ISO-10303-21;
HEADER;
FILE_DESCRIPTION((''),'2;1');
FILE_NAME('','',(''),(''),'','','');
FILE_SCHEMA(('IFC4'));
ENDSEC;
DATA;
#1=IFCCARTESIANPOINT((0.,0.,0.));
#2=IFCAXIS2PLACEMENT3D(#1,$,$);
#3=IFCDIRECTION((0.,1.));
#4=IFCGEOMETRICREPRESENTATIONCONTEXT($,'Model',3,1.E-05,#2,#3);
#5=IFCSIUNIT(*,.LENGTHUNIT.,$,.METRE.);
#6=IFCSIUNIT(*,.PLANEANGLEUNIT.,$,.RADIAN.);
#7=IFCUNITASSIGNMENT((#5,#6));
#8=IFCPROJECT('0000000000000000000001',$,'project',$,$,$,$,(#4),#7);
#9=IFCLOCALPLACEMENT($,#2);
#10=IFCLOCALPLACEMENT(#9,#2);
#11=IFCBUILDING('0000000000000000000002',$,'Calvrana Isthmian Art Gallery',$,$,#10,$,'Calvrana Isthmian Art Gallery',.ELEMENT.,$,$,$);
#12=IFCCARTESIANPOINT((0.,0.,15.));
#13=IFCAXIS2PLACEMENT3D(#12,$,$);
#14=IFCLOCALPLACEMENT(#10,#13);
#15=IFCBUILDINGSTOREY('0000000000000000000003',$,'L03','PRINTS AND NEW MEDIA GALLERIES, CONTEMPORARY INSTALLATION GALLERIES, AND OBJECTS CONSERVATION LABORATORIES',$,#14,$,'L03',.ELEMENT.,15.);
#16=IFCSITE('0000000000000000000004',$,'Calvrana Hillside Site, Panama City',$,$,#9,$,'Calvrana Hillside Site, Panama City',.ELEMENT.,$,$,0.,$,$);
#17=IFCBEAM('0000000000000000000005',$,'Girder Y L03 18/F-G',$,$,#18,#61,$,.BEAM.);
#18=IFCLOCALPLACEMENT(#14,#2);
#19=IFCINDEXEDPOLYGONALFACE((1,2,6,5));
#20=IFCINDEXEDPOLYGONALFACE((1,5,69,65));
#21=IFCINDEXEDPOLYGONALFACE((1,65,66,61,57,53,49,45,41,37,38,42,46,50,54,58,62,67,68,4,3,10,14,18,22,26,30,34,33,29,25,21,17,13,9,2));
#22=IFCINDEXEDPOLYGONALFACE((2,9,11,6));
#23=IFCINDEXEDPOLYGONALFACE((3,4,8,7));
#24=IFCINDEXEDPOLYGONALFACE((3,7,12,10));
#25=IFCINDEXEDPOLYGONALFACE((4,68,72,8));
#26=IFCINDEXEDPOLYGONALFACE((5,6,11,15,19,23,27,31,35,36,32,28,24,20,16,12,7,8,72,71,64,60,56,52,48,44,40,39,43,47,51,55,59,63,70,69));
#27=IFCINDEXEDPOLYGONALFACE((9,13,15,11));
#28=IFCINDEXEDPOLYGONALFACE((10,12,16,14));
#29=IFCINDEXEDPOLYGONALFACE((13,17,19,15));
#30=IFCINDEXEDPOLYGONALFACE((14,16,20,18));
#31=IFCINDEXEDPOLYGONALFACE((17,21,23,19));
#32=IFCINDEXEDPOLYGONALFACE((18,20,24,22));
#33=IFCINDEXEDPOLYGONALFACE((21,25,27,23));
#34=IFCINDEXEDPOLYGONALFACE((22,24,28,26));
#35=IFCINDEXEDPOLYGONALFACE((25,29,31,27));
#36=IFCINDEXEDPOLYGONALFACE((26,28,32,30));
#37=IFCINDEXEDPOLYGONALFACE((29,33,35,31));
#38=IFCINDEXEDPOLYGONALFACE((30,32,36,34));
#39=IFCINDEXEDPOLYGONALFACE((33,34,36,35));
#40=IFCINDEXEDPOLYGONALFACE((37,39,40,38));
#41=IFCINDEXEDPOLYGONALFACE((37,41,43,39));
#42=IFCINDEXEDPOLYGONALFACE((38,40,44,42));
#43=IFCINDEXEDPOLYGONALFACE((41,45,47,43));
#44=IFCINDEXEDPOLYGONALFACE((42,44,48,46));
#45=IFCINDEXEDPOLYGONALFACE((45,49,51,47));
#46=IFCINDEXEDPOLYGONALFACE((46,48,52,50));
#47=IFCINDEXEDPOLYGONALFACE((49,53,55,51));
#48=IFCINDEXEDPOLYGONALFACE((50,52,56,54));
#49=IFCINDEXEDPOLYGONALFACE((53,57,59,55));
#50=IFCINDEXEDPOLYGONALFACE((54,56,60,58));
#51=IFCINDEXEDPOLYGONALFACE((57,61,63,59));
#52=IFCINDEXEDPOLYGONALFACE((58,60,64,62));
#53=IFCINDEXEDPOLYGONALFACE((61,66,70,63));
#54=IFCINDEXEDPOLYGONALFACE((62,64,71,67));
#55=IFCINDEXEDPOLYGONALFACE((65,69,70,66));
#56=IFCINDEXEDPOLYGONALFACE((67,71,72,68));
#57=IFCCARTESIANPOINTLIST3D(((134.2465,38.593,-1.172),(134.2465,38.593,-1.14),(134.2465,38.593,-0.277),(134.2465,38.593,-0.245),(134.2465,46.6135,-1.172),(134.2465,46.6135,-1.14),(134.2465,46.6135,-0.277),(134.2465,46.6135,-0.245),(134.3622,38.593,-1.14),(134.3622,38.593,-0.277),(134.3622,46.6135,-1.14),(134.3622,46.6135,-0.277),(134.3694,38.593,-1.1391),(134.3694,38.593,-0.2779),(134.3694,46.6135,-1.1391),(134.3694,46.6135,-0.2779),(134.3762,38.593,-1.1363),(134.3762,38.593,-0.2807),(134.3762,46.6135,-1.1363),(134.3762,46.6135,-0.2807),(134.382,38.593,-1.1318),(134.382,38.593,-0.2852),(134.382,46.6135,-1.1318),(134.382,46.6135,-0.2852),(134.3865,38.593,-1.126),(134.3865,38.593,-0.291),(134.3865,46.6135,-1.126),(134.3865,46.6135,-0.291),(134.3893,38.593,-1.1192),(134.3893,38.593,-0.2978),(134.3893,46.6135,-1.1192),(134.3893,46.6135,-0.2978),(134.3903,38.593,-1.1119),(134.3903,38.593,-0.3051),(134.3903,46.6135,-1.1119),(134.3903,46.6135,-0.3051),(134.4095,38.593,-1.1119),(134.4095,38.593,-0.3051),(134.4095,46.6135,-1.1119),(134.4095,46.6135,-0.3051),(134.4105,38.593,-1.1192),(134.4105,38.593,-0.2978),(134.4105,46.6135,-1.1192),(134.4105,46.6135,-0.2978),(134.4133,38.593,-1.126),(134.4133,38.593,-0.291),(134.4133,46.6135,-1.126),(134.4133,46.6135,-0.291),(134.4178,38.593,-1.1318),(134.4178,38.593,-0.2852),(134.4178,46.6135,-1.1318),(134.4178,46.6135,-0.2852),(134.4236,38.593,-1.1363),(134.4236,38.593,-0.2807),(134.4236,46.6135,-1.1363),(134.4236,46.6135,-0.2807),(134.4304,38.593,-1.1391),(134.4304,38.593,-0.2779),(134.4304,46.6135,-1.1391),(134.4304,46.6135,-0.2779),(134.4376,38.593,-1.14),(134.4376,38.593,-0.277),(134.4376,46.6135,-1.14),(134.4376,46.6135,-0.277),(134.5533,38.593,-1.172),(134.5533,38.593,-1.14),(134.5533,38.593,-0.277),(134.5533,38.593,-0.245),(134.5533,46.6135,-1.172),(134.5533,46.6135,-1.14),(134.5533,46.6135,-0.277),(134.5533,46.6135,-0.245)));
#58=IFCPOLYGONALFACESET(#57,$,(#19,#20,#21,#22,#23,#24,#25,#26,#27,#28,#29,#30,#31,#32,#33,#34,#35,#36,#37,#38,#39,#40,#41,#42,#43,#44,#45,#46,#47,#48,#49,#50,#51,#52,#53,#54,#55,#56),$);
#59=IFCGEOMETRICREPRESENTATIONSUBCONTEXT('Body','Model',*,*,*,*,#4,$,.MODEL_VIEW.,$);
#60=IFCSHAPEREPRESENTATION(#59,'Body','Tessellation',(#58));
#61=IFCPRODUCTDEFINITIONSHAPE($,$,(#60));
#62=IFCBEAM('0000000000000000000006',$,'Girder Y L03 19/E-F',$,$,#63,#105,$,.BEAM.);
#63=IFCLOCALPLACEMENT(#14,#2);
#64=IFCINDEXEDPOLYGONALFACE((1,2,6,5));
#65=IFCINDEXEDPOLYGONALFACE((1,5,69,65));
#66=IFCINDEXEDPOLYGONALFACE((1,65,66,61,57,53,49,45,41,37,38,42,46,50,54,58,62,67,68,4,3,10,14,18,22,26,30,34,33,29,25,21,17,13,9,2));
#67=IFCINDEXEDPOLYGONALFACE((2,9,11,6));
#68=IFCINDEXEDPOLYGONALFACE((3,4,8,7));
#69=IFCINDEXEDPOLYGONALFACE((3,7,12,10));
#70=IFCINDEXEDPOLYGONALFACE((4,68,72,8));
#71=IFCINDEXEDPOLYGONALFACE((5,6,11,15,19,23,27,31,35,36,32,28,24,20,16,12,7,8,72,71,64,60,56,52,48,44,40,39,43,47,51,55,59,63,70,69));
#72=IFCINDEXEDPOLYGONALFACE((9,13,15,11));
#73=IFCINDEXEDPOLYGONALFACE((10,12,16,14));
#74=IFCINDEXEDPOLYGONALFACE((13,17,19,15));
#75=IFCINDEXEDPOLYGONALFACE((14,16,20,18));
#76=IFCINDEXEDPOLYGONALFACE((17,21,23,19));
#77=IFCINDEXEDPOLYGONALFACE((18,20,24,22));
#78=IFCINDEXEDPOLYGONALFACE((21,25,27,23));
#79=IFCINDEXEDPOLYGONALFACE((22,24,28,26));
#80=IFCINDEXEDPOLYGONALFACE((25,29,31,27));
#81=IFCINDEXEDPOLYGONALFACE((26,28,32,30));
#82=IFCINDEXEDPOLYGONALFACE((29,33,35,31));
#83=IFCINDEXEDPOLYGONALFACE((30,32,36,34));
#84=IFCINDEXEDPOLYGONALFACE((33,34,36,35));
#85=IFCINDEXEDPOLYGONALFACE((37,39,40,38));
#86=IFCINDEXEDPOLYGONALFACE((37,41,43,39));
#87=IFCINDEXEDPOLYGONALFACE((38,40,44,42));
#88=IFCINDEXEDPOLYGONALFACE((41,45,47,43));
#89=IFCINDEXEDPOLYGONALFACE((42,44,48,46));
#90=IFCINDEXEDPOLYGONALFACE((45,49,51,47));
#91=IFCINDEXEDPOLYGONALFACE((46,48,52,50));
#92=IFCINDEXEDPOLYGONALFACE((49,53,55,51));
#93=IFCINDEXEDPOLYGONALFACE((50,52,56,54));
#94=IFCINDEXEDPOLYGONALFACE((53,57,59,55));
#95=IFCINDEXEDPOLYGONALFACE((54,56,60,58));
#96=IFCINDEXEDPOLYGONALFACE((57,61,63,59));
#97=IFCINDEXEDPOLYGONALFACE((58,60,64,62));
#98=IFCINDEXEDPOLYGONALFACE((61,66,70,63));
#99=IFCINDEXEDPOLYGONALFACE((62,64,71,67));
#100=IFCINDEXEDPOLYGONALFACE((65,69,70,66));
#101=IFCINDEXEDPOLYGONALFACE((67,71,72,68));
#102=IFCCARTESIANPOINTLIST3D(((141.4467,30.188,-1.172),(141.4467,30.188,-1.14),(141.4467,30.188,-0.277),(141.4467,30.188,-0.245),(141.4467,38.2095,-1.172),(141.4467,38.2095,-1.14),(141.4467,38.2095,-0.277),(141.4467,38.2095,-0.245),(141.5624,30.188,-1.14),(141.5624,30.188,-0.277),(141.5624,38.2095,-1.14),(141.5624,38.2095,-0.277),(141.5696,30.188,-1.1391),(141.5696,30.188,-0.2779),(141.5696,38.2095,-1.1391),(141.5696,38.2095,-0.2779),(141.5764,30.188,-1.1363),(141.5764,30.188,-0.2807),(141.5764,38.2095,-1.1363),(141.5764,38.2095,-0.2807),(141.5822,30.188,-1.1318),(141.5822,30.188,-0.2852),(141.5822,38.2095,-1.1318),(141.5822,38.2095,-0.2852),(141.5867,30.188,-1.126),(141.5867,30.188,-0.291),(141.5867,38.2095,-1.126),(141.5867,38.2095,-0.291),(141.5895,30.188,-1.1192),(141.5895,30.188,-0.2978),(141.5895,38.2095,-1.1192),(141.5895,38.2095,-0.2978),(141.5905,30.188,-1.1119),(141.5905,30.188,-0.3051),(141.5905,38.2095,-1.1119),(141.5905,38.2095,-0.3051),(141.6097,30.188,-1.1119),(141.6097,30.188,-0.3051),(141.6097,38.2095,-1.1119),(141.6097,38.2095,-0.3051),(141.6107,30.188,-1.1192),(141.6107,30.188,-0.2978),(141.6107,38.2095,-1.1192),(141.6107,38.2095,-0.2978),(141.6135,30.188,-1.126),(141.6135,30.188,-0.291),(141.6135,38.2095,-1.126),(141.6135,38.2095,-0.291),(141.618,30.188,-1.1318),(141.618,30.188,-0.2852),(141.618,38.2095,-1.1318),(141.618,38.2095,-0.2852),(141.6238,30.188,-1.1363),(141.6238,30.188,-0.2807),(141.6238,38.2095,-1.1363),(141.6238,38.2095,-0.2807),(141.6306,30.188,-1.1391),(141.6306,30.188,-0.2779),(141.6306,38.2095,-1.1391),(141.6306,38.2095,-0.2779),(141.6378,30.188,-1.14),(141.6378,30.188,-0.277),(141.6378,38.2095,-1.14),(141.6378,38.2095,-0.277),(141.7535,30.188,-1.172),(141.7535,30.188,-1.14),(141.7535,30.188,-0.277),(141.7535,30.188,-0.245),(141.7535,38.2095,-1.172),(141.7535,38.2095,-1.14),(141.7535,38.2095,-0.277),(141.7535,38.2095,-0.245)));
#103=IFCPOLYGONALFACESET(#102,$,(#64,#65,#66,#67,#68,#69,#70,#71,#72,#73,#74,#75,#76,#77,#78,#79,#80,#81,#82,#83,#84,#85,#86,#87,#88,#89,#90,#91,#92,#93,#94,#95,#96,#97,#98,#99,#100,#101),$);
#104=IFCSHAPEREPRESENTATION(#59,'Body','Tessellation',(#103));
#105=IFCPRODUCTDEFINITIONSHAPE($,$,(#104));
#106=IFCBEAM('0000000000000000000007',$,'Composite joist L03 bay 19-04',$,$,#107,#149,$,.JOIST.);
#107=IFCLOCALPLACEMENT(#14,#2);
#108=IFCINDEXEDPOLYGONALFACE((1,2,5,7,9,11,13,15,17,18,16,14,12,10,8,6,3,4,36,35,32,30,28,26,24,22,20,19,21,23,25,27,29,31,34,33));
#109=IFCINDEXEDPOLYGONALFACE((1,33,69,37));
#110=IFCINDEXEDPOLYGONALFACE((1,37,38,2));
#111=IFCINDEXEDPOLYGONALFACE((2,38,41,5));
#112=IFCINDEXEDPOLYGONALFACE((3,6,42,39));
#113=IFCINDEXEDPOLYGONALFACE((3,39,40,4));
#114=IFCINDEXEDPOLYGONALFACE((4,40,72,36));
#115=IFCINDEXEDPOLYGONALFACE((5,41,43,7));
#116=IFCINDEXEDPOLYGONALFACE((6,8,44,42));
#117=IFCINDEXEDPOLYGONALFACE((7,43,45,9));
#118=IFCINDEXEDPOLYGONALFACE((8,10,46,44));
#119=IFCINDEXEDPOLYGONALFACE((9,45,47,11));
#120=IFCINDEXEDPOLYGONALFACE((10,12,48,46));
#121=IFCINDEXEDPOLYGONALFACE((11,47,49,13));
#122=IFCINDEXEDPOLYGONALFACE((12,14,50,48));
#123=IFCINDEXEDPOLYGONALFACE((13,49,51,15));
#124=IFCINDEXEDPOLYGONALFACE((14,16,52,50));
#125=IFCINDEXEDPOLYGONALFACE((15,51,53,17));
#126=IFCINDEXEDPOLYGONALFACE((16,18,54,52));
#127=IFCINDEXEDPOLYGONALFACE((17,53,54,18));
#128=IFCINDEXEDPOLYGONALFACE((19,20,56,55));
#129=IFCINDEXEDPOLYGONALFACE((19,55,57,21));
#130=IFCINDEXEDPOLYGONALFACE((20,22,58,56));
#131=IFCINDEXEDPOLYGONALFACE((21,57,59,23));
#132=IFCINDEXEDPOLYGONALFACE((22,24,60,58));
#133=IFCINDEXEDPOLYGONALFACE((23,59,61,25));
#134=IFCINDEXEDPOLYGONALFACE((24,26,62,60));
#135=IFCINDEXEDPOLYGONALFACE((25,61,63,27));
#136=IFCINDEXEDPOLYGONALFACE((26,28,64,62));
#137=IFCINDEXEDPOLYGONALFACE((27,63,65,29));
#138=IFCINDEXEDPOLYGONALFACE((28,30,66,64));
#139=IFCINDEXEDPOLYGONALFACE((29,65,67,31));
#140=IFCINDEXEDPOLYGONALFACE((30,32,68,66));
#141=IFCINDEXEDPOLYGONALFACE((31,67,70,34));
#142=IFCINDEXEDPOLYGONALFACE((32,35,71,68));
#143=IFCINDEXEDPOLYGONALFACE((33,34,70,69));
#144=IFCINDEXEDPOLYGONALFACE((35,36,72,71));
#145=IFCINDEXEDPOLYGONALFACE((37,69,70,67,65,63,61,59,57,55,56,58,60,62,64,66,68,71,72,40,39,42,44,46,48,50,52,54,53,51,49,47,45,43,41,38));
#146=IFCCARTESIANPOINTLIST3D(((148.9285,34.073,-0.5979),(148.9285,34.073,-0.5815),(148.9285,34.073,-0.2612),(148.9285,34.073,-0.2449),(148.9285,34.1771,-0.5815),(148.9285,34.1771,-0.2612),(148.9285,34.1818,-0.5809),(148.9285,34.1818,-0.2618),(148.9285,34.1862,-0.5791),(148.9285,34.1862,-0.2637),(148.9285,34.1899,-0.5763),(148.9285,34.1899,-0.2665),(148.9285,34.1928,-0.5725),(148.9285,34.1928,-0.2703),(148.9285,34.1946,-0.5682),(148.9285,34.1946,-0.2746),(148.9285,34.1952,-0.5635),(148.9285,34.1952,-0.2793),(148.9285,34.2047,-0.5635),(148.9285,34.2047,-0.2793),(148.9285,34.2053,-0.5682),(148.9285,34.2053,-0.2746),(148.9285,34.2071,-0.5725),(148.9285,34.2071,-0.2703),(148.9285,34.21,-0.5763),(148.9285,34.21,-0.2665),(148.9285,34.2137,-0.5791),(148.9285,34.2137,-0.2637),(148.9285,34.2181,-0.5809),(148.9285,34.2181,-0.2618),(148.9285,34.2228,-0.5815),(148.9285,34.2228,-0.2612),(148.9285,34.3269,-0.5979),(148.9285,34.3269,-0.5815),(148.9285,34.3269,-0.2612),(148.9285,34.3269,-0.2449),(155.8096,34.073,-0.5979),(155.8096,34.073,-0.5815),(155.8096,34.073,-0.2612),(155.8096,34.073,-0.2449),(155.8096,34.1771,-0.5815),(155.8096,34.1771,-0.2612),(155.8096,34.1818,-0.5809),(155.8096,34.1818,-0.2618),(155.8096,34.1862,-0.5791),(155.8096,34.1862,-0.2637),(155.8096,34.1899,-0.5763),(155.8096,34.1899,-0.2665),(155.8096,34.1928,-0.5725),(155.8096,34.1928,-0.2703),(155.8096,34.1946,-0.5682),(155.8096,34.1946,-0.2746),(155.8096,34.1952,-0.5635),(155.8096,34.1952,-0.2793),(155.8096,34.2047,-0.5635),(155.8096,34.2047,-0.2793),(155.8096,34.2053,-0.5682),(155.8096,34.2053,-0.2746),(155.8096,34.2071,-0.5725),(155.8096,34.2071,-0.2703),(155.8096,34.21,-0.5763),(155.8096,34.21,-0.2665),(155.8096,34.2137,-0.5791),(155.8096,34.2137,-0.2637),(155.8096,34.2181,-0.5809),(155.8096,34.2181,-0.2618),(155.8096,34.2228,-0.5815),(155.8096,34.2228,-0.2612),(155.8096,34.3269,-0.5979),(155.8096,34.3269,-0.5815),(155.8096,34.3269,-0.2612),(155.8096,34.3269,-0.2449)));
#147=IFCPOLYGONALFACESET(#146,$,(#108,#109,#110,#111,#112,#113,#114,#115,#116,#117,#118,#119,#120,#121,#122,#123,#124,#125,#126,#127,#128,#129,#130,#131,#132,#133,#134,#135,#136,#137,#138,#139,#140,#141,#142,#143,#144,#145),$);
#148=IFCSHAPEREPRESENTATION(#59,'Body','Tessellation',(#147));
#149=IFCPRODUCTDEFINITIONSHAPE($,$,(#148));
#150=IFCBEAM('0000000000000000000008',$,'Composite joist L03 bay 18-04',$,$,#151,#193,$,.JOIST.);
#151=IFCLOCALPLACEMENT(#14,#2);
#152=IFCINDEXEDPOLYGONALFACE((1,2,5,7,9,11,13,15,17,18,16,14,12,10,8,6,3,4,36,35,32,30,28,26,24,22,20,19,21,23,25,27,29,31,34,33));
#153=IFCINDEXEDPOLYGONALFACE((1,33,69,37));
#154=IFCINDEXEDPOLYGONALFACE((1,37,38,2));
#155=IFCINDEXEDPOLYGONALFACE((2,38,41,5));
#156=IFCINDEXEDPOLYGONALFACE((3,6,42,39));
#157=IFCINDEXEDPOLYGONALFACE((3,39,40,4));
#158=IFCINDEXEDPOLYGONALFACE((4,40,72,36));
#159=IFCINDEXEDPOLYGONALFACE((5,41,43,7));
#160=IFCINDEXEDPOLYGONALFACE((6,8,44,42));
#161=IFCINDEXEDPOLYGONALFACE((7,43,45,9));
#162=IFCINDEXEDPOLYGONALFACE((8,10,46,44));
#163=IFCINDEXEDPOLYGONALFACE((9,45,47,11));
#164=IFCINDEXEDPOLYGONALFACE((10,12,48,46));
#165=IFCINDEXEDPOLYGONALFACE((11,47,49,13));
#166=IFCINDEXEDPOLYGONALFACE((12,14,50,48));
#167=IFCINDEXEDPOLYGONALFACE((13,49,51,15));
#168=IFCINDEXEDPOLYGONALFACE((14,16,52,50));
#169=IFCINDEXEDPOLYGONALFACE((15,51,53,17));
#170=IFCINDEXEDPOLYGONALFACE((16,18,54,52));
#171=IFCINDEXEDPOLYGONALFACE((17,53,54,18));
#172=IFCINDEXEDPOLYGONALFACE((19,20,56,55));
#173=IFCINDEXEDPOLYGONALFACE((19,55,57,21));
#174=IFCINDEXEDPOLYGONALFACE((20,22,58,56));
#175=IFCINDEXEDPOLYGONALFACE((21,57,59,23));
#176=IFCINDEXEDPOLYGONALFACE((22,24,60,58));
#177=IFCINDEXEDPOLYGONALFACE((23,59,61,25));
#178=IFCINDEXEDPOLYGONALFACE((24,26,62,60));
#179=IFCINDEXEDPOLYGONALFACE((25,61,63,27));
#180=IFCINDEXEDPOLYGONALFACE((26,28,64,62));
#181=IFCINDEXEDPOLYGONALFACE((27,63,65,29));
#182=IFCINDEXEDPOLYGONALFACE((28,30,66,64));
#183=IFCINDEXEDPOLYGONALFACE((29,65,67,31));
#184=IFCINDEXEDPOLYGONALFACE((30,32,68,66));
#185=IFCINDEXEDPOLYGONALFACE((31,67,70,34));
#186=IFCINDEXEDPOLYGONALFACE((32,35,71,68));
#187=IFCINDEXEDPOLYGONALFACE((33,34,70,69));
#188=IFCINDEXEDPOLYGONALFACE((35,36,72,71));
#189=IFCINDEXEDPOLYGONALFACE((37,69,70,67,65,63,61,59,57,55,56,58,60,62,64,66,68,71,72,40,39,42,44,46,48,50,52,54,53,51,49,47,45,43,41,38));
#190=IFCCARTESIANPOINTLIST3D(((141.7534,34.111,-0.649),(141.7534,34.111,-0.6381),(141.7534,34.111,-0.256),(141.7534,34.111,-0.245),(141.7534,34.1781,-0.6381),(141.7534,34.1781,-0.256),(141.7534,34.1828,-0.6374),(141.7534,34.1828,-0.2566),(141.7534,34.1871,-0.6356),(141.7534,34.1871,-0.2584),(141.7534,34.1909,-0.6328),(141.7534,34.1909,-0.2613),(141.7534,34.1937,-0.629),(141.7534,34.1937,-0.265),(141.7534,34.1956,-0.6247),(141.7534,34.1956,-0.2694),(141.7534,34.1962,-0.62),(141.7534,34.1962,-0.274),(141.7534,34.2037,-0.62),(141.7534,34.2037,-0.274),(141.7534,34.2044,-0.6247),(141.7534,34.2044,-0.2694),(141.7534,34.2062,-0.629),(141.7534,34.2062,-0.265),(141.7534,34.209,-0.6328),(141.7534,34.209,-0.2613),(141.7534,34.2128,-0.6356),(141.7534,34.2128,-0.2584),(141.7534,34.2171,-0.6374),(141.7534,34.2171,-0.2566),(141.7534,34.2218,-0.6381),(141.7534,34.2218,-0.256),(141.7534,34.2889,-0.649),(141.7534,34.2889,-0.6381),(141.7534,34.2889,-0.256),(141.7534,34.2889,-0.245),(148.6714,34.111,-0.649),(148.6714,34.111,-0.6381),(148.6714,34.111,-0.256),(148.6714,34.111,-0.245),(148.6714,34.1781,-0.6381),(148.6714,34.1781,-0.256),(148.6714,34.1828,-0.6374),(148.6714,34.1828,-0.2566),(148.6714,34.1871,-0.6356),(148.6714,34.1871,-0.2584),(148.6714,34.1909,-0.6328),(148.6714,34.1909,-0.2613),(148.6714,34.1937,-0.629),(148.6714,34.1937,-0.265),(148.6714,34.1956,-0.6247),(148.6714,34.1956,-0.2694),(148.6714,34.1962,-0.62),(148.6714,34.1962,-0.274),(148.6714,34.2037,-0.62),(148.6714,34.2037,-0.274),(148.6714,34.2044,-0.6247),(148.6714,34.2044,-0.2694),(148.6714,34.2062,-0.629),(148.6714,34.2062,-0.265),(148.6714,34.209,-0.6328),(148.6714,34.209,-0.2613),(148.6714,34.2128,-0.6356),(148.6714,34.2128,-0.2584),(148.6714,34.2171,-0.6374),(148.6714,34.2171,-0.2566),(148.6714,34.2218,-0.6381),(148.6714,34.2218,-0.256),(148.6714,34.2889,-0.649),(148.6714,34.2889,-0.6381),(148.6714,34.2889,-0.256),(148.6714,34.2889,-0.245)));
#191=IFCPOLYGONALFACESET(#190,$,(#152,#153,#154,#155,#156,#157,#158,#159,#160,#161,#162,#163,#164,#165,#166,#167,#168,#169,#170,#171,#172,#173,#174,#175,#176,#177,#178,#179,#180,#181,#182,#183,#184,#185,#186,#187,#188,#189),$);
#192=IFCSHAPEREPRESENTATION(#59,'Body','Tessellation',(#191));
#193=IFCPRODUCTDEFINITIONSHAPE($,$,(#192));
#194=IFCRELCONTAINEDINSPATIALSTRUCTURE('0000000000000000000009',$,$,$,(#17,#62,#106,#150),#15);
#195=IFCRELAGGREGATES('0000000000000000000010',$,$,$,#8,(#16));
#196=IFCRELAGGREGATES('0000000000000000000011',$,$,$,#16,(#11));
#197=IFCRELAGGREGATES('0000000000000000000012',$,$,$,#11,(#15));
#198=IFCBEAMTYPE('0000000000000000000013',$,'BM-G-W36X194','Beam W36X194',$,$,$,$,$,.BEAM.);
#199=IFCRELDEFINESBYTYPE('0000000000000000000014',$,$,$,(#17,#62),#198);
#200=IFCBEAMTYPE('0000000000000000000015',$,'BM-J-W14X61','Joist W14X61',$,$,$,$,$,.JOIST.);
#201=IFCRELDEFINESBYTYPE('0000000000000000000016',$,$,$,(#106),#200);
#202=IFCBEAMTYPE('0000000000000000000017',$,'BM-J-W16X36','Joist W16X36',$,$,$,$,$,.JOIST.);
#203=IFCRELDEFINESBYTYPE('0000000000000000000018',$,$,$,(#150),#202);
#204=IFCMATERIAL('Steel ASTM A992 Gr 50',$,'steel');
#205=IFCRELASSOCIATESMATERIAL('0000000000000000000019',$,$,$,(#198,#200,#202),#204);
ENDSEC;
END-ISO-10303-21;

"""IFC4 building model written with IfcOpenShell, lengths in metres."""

from ifc_helpers import new_model, si_unit, direction, frame, origin, origin_2d, place, context, subcontext, project, spatial, i_section, extrude, material, material_profile, profile_set, type_object, element, save


model = new_model("IFC4")

# Units and contexts
model_context = context("Model", 3, precision=1e-05, world=origin(), true_north=direction((0.0, 1.0)))
body_context = subcontext(model_context, "Body", "Model", "MODEL_VIEW")
ifc_project = project(units=[si_unit("LENGTHUNIT", "METRE"), si_unit("PLANEANGLEUNIT", "RADIAN")], contexts=[model_context])

# Site, building, storey
site_placement = place(None, origin())
site = spatial("IfcSite", under=ifc_project, at=site_placement, Name="Calvrana Hillside Site, Panama City", LongName="Calvrana Hillside Site, Panama City", CompositionType="ELEMENT", RefElevation=0.0)
building_placement = place(site_placement, origin())
building = spatial("IfcBuilding", under=site, at=building_placement, Name="Calvrana Isthmian Art Gallery", LongName="Calvrana Isthmian Art Gallery", CompositionType="ELEMENT")
storey_placement = place(building_placement, frame((0.0, 0.0, 15.0)))
storey = spatial("IfcBuildingStorey", under=building, at=storey_placement, Name="L03", Description="PRINTS AND NEW MEDIA GALLERIES, CONTEMPORARY INSTALLATION GALLERIES, AND OBJECTS CONSERVATION LABORATORIES", LongName="L03", CompositionType="ELEMENT", Elevation=15.0)

# Shared definitions
ifc_material_1 = material(Name="Steel ASTM A992 Gr 50", Category="steel")

# Beams
ifc_material_profile_1 = material_profile(ifc_material_1, i_section(OverallWidth=0.3069, OverallDepth=0.927, WebThickness=0.0193, FlangeThickness=0.032, FilletRadius=0.0281, at=origin_2d()), Name="W36X194")
ifc_profile_set_1 = profile_set([ifc_material_profile_1], Name="Steel ASTM A992 Gr 50")
beam_type_1 = type_object("IfcBeamType", Name="BM-G-W36X194", Description="Beam W36X194", PredefinedType="BEAM", material=ifc_profile_set_1)
beam_1_placement = place(storey_placement, frame((134.3999, 38.593, -0.7085), z_axis=(0.0, 1.0, 0.0), x_axis=(-1.0, 0.0, 0.0)))
element("IfcBeam", 1, at=beam_1_placement, inside=storey, type_object=beam_type_1, Name="Girder Y L03 18/F-G", PredefinedType="BEAM", context=body_context, shape_type="SweptSolid", body=[
    extrude(i_section(OverallWidth=0.3069, OverallDepth=0.927, WebThickness=0.0193, FlangeThickness=0.032, FilletRadius=0.0281, at=origin_2d()), origin(), (0.0, 0.0, 1.0), 8.0205),
])
beam_2_placement = place(storey_placement, frame((141.6001, 30.188, -0.7085), z_axis=(0.0, 1.0, 0.0), x_axis=(-1.0, 0.0, 0.0)))
element("IfcBeam", 2, at=beam_2_placement, inside=storey, type_object=beam_type_1, Name="Girder Y L03 19/E-F", PredefinedType="BEAM", context=body_context, shape_type="SweptSolid", body=[
    extrude(i_section(OverallWidth=0.3069, OverallDepth=0.927, WebThickness=0.0193, FlangeThickness=0.032, FilletRadius=0.0281, at=origin_2d()), origin(), (0.0, 0.0, 1.0), 8.0215),
])
ifc_material_profile_2 = material_profile(ifc_material_1, i_section(OverallWidth=0.2539, OverallDepth=0.353, WebThickness=0.0095, FlangeThickness=0.0164, FilletRadius=0.0181, at=origin_2d()), Name="W14X61")
ifc_profile_set_2 = profile_set([ifc_material_profile_2], Name="Steel ASTM A992 Gr 50")
beam_type_2 = type_object("IfcBeamType", Name="BM-J-W14X61", Description="Joist W14X61", PredefinedType="JOIST", material=ifc_profile_set_2)
beam_3_placement = place(storey_placement, frame((148.9285, 34.2, -0.4214), z_axis=(1.0, 0.0, 0.0), x_axis=(0.0, 1.0, 0.0)))
element("IfcBeam", 3, at=beam_3_placement, inside=storey, type_object=beam_type_2, Name="Composite joist L03 bay 19-04", PredefinedType="JOIST", context=body_context, shape_type="SweptSolid", body=[
    extrude(i_section(OverallWidth=0.2539, OverallDepth=0.353, WebThickness=0.0095, FlangeThickness=0.0164, FilletRadius=0.0181, at=origin_2d()), origin(), (0.0, 0.0, 1.0), 6.8811),
])
ifc_material_profile_3 = material_profile(ifc_material_1, i_section(OverallWidth=0.178, OverallDepth=0.4041, WebThickness=0.0076, FlangeThickness=0.011, FilletRadius=0.0181, at=origin_2d()), Name="W16X36")
ifc_profile_set_3 = profile_set([ifc_material_profile_3], Name="Steel ASTM A992 Gr 50")
beam_type_3 = type_object("IfcBeamType", Name="BM-J-W16X36", Description="Joist W16X36", PredefinedType="JOIST", material=ifc_profile_set_3)
for number, where, z_axis, x_axis, name in (
    (4, (141.7534, 34.2, -0.447), (1.0, 0.0, 0.0), (0.0, 1.0, 0.0), "Composite joist L03 bay 18-04"),
):
    element("IfcBeam", number, at=place(storey_placement, frame(where, z_axis=z_axis, x_axis=x_axis)), inside=storey, type_object=beam_type_3, Name=name, PredefinedType="JOIST", context=body_context, shape_type="SweptSolid", body=[
        extrude(i_section(OverallWidth=0.178, OverallDepth=0.4041, WebThickness=0.0076, FlangeThickness=0.011, FilletRadius=0.0181, at=origin_2d()), origin(), (0.0, 0.0, 1.0), 6.918),
    ])

save(model, "model.ifc")
